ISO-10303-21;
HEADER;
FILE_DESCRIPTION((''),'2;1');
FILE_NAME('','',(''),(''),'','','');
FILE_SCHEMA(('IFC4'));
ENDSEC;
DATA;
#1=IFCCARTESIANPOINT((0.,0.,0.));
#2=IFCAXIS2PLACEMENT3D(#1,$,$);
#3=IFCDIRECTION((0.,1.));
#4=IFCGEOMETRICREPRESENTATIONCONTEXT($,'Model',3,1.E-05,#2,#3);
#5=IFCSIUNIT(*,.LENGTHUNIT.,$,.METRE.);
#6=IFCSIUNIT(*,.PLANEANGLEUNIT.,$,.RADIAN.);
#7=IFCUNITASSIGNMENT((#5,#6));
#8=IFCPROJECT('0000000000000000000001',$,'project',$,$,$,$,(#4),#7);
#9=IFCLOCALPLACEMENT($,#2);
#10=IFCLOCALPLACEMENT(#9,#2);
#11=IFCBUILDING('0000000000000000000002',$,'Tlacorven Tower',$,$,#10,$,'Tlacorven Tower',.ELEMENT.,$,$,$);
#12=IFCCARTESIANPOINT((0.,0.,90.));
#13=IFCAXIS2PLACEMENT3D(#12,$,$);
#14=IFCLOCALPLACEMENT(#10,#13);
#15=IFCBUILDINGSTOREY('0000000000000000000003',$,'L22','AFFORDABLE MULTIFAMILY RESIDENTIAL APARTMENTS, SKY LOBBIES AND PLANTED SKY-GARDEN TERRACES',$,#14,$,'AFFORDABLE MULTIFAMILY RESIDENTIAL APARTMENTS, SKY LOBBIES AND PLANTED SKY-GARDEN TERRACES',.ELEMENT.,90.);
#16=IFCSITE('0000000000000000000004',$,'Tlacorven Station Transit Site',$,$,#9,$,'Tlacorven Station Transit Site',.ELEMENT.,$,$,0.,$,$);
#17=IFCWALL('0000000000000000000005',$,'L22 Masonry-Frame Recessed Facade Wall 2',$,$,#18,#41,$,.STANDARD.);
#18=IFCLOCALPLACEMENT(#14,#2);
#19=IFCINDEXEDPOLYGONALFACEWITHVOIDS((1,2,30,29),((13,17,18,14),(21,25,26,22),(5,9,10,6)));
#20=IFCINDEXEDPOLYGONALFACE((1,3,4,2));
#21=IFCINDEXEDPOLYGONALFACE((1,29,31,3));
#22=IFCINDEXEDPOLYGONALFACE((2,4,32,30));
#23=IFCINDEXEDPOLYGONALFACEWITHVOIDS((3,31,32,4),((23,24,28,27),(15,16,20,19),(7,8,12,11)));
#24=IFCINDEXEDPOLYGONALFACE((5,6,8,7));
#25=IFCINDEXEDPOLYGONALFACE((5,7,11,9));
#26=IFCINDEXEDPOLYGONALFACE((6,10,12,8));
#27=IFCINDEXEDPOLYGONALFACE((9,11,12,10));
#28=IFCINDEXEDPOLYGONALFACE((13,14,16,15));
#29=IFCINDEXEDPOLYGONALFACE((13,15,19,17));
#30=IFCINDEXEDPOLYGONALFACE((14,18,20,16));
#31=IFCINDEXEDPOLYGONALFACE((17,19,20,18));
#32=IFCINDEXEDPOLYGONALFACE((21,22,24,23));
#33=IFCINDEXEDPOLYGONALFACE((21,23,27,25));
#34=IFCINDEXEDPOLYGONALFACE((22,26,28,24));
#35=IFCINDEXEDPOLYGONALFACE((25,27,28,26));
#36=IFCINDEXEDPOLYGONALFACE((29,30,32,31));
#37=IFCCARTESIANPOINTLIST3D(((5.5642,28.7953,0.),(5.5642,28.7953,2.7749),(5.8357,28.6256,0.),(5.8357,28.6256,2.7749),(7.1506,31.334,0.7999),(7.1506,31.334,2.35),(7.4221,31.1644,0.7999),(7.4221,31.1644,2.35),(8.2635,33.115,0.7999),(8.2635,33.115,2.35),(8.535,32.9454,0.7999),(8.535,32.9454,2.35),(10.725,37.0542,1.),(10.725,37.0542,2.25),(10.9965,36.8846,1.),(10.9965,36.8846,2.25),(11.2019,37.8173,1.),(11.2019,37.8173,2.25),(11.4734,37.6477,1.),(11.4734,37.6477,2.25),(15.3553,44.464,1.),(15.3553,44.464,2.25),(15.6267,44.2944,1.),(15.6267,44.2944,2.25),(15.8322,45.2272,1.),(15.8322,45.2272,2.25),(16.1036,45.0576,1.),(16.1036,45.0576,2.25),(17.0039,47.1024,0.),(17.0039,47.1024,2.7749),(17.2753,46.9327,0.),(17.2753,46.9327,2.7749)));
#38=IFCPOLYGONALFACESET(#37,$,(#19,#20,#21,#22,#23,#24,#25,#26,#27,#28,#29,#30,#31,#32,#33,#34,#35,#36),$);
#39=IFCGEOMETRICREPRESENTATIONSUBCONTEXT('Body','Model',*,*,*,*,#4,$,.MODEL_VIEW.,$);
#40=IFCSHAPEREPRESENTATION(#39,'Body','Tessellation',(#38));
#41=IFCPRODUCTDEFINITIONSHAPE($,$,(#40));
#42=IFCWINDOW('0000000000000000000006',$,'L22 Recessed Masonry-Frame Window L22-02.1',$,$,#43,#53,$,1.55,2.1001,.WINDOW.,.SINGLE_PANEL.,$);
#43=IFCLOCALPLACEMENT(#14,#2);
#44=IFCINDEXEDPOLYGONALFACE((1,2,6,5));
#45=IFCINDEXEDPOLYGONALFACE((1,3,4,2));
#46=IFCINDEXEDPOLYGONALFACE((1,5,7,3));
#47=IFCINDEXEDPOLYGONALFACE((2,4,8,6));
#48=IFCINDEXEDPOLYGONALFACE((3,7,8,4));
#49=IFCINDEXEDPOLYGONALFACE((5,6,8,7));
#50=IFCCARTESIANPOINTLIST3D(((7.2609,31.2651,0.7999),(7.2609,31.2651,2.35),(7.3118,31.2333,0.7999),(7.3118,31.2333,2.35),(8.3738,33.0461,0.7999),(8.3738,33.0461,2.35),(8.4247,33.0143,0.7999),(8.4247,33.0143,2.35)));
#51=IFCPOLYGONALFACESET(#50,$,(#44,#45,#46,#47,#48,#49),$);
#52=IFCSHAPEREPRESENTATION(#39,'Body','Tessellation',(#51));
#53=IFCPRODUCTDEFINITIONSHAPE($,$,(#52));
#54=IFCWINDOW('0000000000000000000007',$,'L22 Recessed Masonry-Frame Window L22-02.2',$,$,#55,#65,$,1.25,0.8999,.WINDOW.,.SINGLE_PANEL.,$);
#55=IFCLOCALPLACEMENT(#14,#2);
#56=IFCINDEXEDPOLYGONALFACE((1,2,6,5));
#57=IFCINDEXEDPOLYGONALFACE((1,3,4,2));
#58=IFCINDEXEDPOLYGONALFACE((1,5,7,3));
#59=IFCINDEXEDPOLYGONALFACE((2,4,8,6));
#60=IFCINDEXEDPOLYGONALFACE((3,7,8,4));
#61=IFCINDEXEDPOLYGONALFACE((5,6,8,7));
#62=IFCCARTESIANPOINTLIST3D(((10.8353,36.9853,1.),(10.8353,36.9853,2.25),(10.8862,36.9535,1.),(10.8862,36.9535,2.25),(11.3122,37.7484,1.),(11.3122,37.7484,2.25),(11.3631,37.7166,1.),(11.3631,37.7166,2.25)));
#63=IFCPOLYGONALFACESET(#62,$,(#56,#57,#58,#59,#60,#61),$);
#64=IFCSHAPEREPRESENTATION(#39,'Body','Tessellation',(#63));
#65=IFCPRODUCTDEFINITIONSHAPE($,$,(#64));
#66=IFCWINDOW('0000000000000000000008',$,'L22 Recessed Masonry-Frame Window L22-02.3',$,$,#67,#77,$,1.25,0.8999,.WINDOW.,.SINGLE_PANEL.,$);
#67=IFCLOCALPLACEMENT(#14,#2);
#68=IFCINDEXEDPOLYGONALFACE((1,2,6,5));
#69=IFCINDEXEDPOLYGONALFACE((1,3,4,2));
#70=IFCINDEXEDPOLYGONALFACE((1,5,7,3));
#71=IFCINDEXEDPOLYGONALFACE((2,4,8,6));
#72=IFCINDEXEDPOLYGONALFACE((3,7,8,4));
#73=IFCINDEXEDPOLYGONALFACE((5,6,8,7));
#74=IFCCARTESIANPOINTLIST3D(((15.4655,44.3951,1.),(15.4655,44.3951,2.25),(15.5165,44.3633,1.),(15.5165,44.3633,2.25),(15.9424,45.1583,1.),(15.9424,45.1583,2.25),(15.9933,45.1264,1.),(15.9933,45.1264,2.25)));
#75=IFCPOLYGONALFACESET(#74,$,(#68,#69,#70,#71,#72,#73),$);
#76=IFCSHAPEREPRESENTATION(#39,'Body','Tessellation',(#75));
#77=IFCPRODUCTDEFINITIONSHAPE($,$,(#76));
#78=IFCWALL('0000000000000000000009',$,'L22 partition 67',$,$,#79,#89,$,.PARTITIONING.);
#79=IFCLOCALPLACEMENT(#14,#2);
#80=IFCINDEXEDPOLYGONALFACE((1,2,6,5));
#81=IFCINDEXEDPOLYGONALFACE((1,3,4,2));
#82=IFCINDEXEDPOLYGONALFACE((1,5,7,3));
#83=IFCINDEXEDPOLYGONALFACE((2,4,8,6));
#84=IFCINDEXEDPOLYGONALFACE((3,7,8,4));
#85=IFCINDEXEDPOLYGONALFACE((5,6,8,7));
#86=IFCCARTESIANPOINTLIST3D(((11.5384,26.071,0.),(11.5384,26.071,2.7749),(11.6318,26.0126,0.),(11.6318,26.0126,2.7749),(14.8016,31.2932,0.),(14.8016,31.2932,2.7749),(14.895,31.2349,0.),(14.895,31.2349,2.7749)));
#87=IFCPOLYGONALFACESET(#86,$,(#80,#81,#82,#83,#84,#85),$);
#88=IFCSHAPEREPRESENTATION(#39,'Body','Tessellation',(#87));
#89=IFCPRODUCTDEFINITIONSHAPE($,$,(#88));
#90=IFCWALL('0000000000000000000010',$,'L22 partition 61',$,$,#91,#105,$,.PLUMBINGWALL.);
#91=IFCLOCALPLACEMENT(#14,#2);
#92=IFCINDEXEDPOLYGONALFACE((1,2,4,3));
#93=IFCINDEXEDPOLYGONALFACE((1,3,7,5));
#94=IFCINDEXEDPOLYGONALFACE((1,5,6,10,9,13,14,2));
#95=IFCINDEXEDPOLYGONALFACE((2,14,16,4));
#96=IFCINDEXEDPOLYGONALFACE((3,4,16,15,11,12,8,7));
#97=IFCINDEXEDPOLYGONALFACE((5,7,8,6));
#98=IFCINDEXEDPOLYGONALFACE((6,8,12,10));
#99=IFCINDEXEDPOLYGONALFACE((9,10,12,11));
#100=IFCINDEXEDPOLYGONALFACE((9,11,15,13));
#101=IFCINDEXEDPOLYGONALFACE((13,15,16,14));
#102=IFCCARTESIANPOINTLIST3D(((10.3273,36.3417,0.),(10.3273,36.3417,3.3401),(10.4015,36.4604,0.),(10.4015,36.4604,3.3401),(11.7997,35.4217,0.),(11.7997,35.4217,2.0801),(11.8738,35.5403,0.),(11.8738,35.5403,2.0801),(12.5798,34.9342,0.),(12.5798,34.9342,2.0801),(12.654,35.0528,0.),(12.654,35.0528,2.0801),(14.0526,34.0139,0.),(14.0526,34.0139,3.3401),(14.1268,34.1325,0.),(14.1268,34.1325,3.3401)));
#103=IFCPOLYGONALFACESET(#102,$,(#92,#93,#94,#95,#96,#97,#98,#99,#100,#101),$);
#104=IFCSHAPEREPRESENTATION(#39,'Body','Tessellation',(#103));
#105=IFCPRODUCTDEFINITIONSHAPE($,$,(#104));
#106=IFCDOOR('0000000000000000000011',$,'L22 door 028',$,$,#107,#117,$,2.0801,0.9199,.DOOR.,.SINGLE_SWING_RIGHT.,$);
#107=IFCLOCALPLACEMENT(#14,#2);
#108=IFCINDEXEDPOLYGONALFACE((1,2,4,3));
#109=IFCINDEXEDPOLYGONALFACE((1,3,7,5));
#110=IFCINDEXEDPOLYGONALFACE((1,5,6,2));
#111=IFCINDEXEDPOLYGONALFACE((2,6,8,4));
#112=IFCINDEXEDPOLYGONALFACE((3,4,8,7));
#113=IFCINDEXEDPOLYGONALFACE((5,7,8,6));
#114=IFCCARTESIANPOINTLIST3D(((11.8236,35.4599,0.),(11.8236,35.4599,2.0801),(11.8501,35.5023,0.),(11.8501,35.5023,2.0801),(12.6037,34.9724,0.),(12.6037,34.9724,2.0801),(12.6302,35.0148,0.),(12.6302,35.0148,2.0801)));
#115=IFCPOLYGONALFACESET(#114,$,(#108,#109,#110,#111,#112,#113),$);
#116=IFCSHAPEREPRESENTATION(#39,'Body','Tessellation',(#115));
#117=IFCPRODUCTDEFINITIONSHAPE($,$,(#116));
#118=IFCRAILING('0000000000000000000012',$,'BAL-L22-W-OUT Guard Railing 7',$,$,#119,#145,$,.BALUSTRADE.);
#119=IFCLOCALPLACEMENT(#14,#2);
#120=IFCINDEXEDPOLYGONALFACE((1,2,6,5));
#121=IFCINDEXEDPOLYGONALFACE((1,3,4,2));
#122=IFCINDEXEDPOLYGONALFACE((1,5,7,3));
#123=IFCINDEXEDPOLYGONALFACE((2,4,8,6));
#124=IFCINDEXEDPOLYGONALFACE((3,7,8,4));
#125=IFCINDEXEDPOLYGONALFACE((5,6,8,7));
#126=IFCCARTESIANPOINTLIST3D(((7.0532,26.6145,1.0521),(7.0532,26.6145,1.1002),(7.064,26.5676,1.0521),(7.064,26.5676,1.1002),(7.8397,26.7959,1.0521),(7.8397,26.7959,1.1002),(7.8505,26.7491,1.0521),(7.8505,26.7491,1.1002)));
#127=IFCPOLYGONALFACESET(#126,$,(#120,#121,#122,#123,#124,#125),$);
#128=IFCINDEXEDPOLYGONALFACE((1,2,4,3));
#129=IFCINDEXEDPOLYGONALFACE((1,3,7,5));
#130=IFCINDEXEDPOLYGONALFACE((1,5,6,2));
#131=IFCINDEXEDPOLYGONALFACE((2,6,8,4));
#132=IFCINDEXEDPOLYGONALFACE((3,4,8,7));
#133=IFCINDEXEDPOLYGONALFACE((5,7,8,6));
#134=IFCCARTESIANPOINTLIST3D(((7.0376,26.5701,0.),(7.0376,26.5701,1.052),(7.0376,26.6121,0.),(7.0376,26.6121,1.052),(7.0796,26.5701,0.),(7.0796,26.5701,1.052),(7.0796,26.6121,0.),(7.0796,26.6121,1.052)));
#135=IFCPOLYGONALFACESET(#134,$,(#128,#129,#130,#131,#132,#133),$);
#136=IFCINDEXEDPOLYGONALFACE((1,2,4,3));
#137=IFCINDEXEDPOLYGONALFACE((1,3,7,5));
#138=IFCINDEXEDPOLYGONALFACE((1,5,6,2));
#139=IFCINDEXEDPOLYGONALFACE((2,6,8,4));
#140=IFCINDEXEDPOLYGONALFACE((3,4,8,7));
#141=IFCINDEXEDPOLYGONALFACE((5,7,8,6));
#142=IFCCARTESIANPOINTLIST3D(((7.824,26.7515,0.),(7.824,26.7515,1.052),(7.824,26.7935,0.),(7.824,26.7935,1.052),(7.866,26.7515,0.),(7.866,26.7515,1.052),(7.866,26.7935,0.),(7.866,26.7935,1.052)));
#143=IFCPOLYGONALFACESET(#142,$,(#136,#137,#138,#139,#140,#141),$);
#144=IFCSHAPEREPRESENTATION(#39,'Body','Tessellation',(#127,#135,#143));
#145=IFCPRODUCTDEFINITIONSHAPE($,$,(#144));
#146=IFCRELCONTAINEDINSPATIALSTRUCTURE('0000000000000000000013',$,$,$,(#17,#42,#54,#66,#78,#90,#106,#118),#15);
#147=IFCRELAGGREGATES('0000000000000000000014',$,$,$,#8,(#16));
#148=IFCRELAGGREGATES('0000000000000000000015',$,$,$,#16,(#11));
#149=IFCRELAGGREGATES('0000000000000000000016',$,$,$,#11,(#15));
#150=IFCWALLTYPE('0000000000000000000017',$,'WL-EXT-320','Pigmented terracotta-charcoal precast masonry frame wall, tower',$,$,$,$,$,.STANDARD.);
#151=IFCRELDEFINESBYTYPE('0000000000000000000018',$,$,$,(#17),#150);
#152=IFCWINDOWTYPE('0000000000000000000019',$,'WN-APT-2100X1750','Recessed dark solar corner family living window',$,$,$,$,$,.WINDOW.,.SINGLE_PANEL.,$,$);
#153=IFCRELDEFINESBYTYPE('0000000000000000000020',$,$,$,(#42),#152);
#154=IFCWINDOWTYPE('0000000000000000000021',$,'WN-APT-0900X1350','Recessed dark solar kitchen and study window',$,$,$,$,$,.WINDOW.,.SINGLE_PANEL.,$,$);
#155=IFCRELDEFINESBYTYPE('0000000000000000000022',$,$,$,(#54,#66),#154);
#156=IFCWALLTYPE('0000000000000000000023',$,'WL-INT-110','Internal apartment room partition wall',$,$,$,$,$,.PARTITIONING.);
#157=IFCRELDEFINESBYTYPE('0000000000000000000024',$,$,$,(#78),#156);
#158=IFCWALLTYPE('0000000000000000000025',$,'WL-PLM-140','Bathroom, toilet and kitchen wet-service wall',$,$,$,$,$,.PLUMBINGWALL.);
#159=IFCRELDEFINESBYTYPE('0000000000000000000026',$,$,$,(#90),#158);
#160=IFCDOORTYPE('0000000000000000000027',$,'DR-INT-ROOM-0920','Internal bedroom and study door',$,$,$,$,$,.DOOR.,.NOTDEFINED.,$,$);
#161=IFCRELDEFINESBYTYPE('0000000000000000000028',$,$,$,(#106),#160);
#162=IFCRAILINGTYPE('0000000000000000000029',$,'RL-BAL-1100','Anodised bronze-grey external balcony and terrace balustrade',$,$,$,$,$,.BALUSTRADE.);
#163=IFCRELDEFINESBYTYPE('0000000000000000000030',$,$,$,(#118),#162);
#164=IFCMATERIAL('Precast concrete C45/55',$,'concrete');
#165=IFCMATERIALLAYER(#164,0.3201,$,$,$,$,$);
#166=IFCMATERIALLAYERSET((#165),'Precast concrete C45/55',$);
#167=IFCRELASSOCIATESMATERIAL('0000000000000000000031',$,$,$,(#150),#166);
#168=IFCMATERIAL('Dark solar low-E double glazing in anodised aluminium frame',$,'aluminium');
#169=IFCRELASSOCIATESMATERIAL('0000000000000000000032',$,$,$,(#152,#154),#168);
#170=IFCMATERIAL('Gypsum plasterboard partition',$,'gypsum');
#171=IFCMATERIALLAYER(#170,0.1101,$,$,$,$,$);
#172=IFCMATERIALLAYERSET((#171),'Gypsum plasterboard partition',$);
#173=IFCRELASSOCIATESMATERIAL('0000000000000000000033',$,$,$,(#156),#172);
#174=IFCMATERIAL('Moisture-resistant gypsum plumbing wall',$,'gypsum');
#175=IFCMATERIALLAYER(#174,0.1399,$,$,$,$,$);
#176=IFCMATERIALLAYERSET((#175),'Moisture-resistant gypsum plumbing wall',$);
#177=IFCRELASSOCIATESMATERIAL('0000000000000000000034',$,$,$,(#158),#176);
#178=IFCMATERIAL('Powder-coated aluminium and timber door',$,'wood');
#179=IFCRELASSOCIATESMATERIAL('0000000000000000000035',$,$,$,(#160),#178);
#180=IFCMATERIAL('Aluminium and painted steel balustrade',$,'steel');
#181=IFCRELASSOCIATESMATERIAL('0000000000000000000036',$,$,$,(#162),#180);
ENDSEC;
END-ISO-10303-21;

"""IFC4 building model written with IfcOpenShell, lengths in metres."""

from ifc_helpers import new_model, si_unit, direction, frame, frame_2d, origin, origin_2d, place, context, subcontext, project, spatial, rectangle, extrude, source, transform, mapped, material, layer, layer_set, type_object, element, fill, save


model = new_model("IFC4")

# Units and contexts
model_context = context("Model", 3, precision=1e-05, world=origin(), true_north=direction((0.0, 1.0)))
body_context = subcontext(model_context, "Body", "Model", "MODEL_VIEW")
ifc_project = project(units=[si_unit("LENGTHUNIT", "METRE"), si_unit("PLANEANGLEUNIT", "RADIAN")], contexts=[model_context])

# Site, building, storey
site_placement = place(None, origin())
site = spatial("IfcSite", under=ifc_project, at=site_placement, Name="Tlacorven Station Transit Site", LongName="Tlacorven Station Transit Site", CompositionType="ELEMENT", RefElevation=0.0)
building_placement = place(site_placement, origin())
building = spatial("IfcBuilding", under=site, at=building_placement, Name="Tlacorven Tower", LongName="Tlacorven Tower", CompositionType="ELEMENT")
storey_placement = place(building_placement, frame((0.0, 0.0, 90.0)))
storey = spatial("IfcBuildingStorey", under=building, at=storey_placement, Name="L22", Description="AFFORDABLE MULTIFAMILY RESIDENTIAL APARTMENTS, SKY LOBBIES AND PLANTED SKY-GARDEN TERRACES", LongName="AFFORDABLE MULTIFAMILY RESIDENTIAL APARTMENTS, SKY LOBBIES AND PLANTED SKY-GARDEN TERRACES", CompositionType="ELEMENT", Elevation=90.0)

# Wall, openings, windows
ifc_material_1 = material(Name="Precast concrete C45/55", Category="concrete")
ifc_layer_1 = layer(ifc_material_1, 0.3201)
ifc_layer_set_1 = layer_set([ifc_layer_1], Name="Precast concrete C45/55")
wall_type_1 = type_object("IfcWallType", Name="WL-EXT-320", Description="Pigmented terracotta-charcoal precast masonry frame wall, tower", PredefinedType="STANDARD", material=ifc_layer_set_1)
wall_1_placement = place(storey_placement, frame((5.7, 28.7104, 0.0), z_axis=(0.0, 0.0, 1.0), x_axis=(0.529924, 0.848045, 0.0)))
wall_1 = element("IfcWall", 1, at=wall_1_placement, inside=storey, type_object=wall_type_1, Name="L22 Masonry-Frame Recessed Facade Wall 2", PredefinedType="STANDARD", context=body_context, shape_type="SweptSolid", body=[
    extrude(rectangle(XDim=21.5874, YDim=0.3201, at=frame_2d((10.7937, 0.0))), origin(), (0.0, 0.0, 1.0), 2.7749),
])
opening_1_placement = place(wall_1_placement, frame((2.9937, 0.0, 0.8)))
opening_1 = element("IfcOpeningElement", 2, at=opening_1_placement, cuts=wall_1, PredefinedType="OPENING", context=body_context, shape_type="SweptSolid", body=[
    extrude(rectangle(XDim=2.1001, YDim=1.55, at=frame_2d((1.05, 0.7749))), frame((0.0, 0.1699, 0.0), z_axis=(0.0, -1.0, 0.0), x_axis=(1.0, 0.0, 0.0)), (0.0, 0.0, 1.0), 0.3401),
])
opening_2_placement = place(wall_1_placement, frame((9.7388, 0.0, 1.0)))
opening_2 = element("IfcOpeningElement", 3, at=opening_2_placement, cuts=wall_1, PredefinedType="OPENING", context=body_context, shape_type="SweptSolid", body=[
    extrude(rectangle(XDim=0.8999, YDim=1.25, at=frame_2d((0.45, 0.625))), frame((0.0, 0.1699, 0.0), z_axis=(0.0, -1.0, 0.0), x_axis=(1.0, 0.0, 0.0)), (0.0, 0.0, 1.0), 0.3401),
])
opening_3_placement = place(wall_1_placement, frame((18.4763, 0.0, 1.0)))
opening_3 = element("IfcOpeningElement", 4, at=opening_3_placement, cuts=wall_1, PredefinedType="OPENING", context=body_context, shape_type="SweptSolid", body=[
    extrude(rectangle(XDim=0.8999, YDim=1.25, at=frame_2d((0.45, 0.625))), frame((0.0, 0.1699, 0.0), z_axis=(0.0, -1.0, 0.0), x_axis=(1.0, 0.0, 0.0)), (0.0, 0.0, 1.0), 0.3401),
])
ifc_material_2 = material(Name="Dark solar low-E double glazing in anodised aluminium frame", Category="aluminium")
window_type_1 = type_object("IfcWindowType", Name="WN-APT-2100X1750", Description="Recessed dark solar corner family living window", PartitioningType="SINGLE_PANEL", PredefinedType="WINDOW", material=ifc_material_2)
shared_shape_1 = source(origin(), body_context, "Body", "SweptSolid", [
    extrude(rectangle(XDim=2.1001, YDim=1.55, at=frame_2d((1.05, 0.7749))), frame((0.0, 0.03, 0.0), z_axis=(0.0, -1.0, 0.0), x_axis=(1.0, 0.0, 0.0)), (0.0, 0.0, 1.0), 0.0601),
])
window_1_placement = place(opening_1_placement, origin())
window_1 = element("IfcWindow", 5, at=window_1_placement, inside=storey, type_object=window_type_1, Name="L22 Recessed Masonry-Frame Window L22-02.1", OverallHeight=1.55, OverallWidth=2.1001, PartitioningType="SINGLE_PANEL", PredefinedType="WINDOW", context=body_context, shape_type="MappedRepresentation", body=[
    mapped(shared_shape_1, transform((0.0, 0.0, 0.0), scale=1.0)),
])
fill(opening_1, window_1)
window_type_2 = type_object("IfcWindowType", Name="WN-APT-0900X1350", Description="Recessed dark solar kitchen and study window", PartitioningType="SINGLE_PANEL", PredefinedType="WINDOW", material=ifc_material_2)
shared_shape_2 = source(origin(), body_context, "Body", "SweptSolid", [
    extrude(rectangle(XDim=0.8999, YDim=1.25, at=frame_2d((0.45, 0.625))), frame((0.0, 0.03, 0.0), z_axis=(0.0, -1.0, 0.0), x_axis=(1.0, 0.0, 0.0)), (0.0, 0.0, 1.0), 0.0601),
])
window_2_placement = place(opening_2_placement, origin())
window_2 = element("IfcWindow", 6, at=window_2_placement, inside=storey, type_object=window_type_2, Name="L22 Recessed Masonry-Frame Window L22-02.2", OverallHeight=1.25, OverallWidth=0.8999, PartitioningType="SINGLE_PANEL", PredefinedType="WINDOW", context=body_context, shape_type="MappedRepresentation", body=[
    mapped(shared_shape_2, transform((0.0, 0.0, 0.0), scale=1.0)),
])
fill(opening_2, window_2)
window_3_placement = place(opening_3_placement, origin())
window_3 = element("IfcWindow", 7, at=window_3_placement, inside=storey, type_object=window_type_2, Name="L22 Recessed Masonry-Frame Window L22-02.3", OverallHeight=1.25, OverallWidth=0.8999, PartitioningType="SINGLE_PANEL", PredefinedType="WINDOW", context=body_context, shape_type="MappedRepresentation", body=[
    mapped(shared_shape_2, transform((0.0, 0.0, 0.0), scale=1.0)),
])
fill(opening_3, window_3)

# Wall
ifc_material_3 = material(Name="Gypsum plasterboard partition", Category="gypsum")
ifc_layer_2 = layer(ifc_material_3, 0.1101)
ifc_layer_set_2 = layer_set([ifc_layer_2], Name="Gypsum plasterboard partition")
wall_type_2 = type_object("IfcWallType", Name="WL-INT-110", Description="Internal apartment room partition wall", PredefinedType="PARTITIONING", material=ifc_layer_set_2)
wall_2_placement = place(storey_placement, frame((14.8484, 31.2642, 0.0), z_axis=(0.0, 0.0, 1.0), x_axis=(-0.529921, -0.848047, 0.0)))
element("IfcWall", 8, at=wall_2_placement, inside=storey, type_object=wall_type_2, Name="L22 partition 67", PredefinedType="PARTITIONING", context=body_context, shape_type="SweptSolid", body=[
    extrude(rectangle(XDim=6.158, YDim=0.1101, at=frame_2d((3.0791, 0.0))), origin(), (0.0, 0.0, 1.0), 2.7749),
])

# Wall, opening, door
ifc_material_4 = material(Name="Moisture-resistant gypsum plumbing wall", Category="gypsum")
ifc_layer_3 = layer(ifc_material_4, 0.1399)
ifc_layer_set_3 = layer_set([ifc_layer_3], Name="Moisture-resistant gypsum plumbing wall")
wall_type_3 = type_object("IfcWallType", Name="WL-PLM-140", Description="Bathroom, toilet and kitchen wet-service wall", PredefinedType="PLUMBINGWALL", material=ifc_layer_set_3)
wall_3_placement = place(storey_placement, frame((14.0896, 34.0732, 0.0), z_axis=(0.0, 0.0, 1.0), x_axis=(-0.848045, 0.529924, 0.0)))
wall_3 = element("IfcWall", 9, at=wall_3_placement, inside=storey, type_object=wall_type_3, Name="L22 partition 61", PredefinedType="PLUMBINGWALL", context=body_context, shape_type="SweptSolid", body=[
    extrude(rectangle(XDim=4.3928, YDim=0.1399, at=frame_2d((2.1963, 0.0))), origin(), (0.0, 0.0, 1.0), 3.3401),
])
opening_4_placement = place(wall_3_placement, frame((1.7366, 0.0, 0.0)))
opening_4 = element("IfcOpeningElement", 10, at=opening_4_placement, cuts=wall_3, PredefinedType="OPENING", context=body_context, shape_type="SweptSolid", body=[
    extrude(rectangle(XDim=0.9199, YDim=2.0801, at=frame_2d((0.46, 1.04))), frame((0.0, 0.0801, 0.0), z_axis=(0.0, -1.0, 0.0), x_axis=(1.0, 0.0, 0.0)), (0.0, 0.0, 1.0), 0.1599),
])
ifc_material_5 = material(Name="Powder-coated aluminium and timber door", Category="wood")
door_type = type_object("IfcDoorType", Name="DR-INT-ROOM-0920", Description="Internal bedroom and study door", OperationType="NOTDEFINED", PredefinedType="DOOR", material=ifc_material_5)
shared_shape_3 = source(origin(), body_context, "Body", "SweptSolid", [
    extrude(rectangle(XDim=0.9199, YDim=2.0801, at=frame_2d((0.46, 1.04))), frame((0.0, 0.0249, 0.0), z_axis=(0.0, -1.0, 0.0), x_axis=(1.0, 0.0, 0.0)), (0.0, 0.0, 1.0), 0.05),
])
door_placement = place(opening_4_placement, origin())
door = element("IfcDoor", 11, at=door_placement, inside=storey, type_object=door_type, Name="L22 door 028", OperationType="SINGLE_SWING_RIGHT", OverallHeight=2.0801, OverallWidth=0.9199, PredefinedType="DOOR", context=body_context, shape_type="MappedRepresentation", body=[
    mapped(shared_shape_3, transform((0.0, 0.0, 0.0), scale=1.0)),
])
fill(opening_4, door)

# Railing
ifc_material_6 = material(Name="Aluminium and painted steel balustrade", Category="steel")
railing_type = type_object("IfcRailingType", Name="RL-BAL-1100", Description="Anodised bronze-grey external balcony and terrace balustrade", PredefinedType="BALUSTRADE", material=ifc_material_6)
shared_shape_4 = source(origin(), body_context, "Body", "SweptSolid", [
    extrude(rectangle(XDim=0.0481, YDim=0.0481, at=origin_2d()), frame((0.0, 0.0, 1.0762), z_axis=(0.974412, 0.224771, 0.0), x_axis=(-0.224771, 0.974412, 0.0)), (0.0, 0.0, 1.0), 0.8071),
    extrude(rectangle(XDim=0.042, YDim=0.042, at=origin_2d()), origin(), (0.0, 0.0, 1.0), 1.052),
    extrude(rectangle(XDim=0.042, YDim=0.042, at=origin_2d()), frame((0.7864, 0.1814, 0.0)), (0.0, 0.0, 1.0), 1.052),
])
railing_placement = place(storey_placement, frame((7.0586, 26.5911, 0.0)))
element("IfcRailing", 12, at=railing_placement, inside=storey, type_object=railing_type, Name="BAL-L22-W-OUT Guard Railing 7", PredefinedType="BALUSTRADE", context=body_context, shape_type="MappedRepresentation", body=[
    mapped(shared_shape_4, transform((0.0, 0.0, 0.0), scale=1.0)),
])

save(model, "model.ifc")
